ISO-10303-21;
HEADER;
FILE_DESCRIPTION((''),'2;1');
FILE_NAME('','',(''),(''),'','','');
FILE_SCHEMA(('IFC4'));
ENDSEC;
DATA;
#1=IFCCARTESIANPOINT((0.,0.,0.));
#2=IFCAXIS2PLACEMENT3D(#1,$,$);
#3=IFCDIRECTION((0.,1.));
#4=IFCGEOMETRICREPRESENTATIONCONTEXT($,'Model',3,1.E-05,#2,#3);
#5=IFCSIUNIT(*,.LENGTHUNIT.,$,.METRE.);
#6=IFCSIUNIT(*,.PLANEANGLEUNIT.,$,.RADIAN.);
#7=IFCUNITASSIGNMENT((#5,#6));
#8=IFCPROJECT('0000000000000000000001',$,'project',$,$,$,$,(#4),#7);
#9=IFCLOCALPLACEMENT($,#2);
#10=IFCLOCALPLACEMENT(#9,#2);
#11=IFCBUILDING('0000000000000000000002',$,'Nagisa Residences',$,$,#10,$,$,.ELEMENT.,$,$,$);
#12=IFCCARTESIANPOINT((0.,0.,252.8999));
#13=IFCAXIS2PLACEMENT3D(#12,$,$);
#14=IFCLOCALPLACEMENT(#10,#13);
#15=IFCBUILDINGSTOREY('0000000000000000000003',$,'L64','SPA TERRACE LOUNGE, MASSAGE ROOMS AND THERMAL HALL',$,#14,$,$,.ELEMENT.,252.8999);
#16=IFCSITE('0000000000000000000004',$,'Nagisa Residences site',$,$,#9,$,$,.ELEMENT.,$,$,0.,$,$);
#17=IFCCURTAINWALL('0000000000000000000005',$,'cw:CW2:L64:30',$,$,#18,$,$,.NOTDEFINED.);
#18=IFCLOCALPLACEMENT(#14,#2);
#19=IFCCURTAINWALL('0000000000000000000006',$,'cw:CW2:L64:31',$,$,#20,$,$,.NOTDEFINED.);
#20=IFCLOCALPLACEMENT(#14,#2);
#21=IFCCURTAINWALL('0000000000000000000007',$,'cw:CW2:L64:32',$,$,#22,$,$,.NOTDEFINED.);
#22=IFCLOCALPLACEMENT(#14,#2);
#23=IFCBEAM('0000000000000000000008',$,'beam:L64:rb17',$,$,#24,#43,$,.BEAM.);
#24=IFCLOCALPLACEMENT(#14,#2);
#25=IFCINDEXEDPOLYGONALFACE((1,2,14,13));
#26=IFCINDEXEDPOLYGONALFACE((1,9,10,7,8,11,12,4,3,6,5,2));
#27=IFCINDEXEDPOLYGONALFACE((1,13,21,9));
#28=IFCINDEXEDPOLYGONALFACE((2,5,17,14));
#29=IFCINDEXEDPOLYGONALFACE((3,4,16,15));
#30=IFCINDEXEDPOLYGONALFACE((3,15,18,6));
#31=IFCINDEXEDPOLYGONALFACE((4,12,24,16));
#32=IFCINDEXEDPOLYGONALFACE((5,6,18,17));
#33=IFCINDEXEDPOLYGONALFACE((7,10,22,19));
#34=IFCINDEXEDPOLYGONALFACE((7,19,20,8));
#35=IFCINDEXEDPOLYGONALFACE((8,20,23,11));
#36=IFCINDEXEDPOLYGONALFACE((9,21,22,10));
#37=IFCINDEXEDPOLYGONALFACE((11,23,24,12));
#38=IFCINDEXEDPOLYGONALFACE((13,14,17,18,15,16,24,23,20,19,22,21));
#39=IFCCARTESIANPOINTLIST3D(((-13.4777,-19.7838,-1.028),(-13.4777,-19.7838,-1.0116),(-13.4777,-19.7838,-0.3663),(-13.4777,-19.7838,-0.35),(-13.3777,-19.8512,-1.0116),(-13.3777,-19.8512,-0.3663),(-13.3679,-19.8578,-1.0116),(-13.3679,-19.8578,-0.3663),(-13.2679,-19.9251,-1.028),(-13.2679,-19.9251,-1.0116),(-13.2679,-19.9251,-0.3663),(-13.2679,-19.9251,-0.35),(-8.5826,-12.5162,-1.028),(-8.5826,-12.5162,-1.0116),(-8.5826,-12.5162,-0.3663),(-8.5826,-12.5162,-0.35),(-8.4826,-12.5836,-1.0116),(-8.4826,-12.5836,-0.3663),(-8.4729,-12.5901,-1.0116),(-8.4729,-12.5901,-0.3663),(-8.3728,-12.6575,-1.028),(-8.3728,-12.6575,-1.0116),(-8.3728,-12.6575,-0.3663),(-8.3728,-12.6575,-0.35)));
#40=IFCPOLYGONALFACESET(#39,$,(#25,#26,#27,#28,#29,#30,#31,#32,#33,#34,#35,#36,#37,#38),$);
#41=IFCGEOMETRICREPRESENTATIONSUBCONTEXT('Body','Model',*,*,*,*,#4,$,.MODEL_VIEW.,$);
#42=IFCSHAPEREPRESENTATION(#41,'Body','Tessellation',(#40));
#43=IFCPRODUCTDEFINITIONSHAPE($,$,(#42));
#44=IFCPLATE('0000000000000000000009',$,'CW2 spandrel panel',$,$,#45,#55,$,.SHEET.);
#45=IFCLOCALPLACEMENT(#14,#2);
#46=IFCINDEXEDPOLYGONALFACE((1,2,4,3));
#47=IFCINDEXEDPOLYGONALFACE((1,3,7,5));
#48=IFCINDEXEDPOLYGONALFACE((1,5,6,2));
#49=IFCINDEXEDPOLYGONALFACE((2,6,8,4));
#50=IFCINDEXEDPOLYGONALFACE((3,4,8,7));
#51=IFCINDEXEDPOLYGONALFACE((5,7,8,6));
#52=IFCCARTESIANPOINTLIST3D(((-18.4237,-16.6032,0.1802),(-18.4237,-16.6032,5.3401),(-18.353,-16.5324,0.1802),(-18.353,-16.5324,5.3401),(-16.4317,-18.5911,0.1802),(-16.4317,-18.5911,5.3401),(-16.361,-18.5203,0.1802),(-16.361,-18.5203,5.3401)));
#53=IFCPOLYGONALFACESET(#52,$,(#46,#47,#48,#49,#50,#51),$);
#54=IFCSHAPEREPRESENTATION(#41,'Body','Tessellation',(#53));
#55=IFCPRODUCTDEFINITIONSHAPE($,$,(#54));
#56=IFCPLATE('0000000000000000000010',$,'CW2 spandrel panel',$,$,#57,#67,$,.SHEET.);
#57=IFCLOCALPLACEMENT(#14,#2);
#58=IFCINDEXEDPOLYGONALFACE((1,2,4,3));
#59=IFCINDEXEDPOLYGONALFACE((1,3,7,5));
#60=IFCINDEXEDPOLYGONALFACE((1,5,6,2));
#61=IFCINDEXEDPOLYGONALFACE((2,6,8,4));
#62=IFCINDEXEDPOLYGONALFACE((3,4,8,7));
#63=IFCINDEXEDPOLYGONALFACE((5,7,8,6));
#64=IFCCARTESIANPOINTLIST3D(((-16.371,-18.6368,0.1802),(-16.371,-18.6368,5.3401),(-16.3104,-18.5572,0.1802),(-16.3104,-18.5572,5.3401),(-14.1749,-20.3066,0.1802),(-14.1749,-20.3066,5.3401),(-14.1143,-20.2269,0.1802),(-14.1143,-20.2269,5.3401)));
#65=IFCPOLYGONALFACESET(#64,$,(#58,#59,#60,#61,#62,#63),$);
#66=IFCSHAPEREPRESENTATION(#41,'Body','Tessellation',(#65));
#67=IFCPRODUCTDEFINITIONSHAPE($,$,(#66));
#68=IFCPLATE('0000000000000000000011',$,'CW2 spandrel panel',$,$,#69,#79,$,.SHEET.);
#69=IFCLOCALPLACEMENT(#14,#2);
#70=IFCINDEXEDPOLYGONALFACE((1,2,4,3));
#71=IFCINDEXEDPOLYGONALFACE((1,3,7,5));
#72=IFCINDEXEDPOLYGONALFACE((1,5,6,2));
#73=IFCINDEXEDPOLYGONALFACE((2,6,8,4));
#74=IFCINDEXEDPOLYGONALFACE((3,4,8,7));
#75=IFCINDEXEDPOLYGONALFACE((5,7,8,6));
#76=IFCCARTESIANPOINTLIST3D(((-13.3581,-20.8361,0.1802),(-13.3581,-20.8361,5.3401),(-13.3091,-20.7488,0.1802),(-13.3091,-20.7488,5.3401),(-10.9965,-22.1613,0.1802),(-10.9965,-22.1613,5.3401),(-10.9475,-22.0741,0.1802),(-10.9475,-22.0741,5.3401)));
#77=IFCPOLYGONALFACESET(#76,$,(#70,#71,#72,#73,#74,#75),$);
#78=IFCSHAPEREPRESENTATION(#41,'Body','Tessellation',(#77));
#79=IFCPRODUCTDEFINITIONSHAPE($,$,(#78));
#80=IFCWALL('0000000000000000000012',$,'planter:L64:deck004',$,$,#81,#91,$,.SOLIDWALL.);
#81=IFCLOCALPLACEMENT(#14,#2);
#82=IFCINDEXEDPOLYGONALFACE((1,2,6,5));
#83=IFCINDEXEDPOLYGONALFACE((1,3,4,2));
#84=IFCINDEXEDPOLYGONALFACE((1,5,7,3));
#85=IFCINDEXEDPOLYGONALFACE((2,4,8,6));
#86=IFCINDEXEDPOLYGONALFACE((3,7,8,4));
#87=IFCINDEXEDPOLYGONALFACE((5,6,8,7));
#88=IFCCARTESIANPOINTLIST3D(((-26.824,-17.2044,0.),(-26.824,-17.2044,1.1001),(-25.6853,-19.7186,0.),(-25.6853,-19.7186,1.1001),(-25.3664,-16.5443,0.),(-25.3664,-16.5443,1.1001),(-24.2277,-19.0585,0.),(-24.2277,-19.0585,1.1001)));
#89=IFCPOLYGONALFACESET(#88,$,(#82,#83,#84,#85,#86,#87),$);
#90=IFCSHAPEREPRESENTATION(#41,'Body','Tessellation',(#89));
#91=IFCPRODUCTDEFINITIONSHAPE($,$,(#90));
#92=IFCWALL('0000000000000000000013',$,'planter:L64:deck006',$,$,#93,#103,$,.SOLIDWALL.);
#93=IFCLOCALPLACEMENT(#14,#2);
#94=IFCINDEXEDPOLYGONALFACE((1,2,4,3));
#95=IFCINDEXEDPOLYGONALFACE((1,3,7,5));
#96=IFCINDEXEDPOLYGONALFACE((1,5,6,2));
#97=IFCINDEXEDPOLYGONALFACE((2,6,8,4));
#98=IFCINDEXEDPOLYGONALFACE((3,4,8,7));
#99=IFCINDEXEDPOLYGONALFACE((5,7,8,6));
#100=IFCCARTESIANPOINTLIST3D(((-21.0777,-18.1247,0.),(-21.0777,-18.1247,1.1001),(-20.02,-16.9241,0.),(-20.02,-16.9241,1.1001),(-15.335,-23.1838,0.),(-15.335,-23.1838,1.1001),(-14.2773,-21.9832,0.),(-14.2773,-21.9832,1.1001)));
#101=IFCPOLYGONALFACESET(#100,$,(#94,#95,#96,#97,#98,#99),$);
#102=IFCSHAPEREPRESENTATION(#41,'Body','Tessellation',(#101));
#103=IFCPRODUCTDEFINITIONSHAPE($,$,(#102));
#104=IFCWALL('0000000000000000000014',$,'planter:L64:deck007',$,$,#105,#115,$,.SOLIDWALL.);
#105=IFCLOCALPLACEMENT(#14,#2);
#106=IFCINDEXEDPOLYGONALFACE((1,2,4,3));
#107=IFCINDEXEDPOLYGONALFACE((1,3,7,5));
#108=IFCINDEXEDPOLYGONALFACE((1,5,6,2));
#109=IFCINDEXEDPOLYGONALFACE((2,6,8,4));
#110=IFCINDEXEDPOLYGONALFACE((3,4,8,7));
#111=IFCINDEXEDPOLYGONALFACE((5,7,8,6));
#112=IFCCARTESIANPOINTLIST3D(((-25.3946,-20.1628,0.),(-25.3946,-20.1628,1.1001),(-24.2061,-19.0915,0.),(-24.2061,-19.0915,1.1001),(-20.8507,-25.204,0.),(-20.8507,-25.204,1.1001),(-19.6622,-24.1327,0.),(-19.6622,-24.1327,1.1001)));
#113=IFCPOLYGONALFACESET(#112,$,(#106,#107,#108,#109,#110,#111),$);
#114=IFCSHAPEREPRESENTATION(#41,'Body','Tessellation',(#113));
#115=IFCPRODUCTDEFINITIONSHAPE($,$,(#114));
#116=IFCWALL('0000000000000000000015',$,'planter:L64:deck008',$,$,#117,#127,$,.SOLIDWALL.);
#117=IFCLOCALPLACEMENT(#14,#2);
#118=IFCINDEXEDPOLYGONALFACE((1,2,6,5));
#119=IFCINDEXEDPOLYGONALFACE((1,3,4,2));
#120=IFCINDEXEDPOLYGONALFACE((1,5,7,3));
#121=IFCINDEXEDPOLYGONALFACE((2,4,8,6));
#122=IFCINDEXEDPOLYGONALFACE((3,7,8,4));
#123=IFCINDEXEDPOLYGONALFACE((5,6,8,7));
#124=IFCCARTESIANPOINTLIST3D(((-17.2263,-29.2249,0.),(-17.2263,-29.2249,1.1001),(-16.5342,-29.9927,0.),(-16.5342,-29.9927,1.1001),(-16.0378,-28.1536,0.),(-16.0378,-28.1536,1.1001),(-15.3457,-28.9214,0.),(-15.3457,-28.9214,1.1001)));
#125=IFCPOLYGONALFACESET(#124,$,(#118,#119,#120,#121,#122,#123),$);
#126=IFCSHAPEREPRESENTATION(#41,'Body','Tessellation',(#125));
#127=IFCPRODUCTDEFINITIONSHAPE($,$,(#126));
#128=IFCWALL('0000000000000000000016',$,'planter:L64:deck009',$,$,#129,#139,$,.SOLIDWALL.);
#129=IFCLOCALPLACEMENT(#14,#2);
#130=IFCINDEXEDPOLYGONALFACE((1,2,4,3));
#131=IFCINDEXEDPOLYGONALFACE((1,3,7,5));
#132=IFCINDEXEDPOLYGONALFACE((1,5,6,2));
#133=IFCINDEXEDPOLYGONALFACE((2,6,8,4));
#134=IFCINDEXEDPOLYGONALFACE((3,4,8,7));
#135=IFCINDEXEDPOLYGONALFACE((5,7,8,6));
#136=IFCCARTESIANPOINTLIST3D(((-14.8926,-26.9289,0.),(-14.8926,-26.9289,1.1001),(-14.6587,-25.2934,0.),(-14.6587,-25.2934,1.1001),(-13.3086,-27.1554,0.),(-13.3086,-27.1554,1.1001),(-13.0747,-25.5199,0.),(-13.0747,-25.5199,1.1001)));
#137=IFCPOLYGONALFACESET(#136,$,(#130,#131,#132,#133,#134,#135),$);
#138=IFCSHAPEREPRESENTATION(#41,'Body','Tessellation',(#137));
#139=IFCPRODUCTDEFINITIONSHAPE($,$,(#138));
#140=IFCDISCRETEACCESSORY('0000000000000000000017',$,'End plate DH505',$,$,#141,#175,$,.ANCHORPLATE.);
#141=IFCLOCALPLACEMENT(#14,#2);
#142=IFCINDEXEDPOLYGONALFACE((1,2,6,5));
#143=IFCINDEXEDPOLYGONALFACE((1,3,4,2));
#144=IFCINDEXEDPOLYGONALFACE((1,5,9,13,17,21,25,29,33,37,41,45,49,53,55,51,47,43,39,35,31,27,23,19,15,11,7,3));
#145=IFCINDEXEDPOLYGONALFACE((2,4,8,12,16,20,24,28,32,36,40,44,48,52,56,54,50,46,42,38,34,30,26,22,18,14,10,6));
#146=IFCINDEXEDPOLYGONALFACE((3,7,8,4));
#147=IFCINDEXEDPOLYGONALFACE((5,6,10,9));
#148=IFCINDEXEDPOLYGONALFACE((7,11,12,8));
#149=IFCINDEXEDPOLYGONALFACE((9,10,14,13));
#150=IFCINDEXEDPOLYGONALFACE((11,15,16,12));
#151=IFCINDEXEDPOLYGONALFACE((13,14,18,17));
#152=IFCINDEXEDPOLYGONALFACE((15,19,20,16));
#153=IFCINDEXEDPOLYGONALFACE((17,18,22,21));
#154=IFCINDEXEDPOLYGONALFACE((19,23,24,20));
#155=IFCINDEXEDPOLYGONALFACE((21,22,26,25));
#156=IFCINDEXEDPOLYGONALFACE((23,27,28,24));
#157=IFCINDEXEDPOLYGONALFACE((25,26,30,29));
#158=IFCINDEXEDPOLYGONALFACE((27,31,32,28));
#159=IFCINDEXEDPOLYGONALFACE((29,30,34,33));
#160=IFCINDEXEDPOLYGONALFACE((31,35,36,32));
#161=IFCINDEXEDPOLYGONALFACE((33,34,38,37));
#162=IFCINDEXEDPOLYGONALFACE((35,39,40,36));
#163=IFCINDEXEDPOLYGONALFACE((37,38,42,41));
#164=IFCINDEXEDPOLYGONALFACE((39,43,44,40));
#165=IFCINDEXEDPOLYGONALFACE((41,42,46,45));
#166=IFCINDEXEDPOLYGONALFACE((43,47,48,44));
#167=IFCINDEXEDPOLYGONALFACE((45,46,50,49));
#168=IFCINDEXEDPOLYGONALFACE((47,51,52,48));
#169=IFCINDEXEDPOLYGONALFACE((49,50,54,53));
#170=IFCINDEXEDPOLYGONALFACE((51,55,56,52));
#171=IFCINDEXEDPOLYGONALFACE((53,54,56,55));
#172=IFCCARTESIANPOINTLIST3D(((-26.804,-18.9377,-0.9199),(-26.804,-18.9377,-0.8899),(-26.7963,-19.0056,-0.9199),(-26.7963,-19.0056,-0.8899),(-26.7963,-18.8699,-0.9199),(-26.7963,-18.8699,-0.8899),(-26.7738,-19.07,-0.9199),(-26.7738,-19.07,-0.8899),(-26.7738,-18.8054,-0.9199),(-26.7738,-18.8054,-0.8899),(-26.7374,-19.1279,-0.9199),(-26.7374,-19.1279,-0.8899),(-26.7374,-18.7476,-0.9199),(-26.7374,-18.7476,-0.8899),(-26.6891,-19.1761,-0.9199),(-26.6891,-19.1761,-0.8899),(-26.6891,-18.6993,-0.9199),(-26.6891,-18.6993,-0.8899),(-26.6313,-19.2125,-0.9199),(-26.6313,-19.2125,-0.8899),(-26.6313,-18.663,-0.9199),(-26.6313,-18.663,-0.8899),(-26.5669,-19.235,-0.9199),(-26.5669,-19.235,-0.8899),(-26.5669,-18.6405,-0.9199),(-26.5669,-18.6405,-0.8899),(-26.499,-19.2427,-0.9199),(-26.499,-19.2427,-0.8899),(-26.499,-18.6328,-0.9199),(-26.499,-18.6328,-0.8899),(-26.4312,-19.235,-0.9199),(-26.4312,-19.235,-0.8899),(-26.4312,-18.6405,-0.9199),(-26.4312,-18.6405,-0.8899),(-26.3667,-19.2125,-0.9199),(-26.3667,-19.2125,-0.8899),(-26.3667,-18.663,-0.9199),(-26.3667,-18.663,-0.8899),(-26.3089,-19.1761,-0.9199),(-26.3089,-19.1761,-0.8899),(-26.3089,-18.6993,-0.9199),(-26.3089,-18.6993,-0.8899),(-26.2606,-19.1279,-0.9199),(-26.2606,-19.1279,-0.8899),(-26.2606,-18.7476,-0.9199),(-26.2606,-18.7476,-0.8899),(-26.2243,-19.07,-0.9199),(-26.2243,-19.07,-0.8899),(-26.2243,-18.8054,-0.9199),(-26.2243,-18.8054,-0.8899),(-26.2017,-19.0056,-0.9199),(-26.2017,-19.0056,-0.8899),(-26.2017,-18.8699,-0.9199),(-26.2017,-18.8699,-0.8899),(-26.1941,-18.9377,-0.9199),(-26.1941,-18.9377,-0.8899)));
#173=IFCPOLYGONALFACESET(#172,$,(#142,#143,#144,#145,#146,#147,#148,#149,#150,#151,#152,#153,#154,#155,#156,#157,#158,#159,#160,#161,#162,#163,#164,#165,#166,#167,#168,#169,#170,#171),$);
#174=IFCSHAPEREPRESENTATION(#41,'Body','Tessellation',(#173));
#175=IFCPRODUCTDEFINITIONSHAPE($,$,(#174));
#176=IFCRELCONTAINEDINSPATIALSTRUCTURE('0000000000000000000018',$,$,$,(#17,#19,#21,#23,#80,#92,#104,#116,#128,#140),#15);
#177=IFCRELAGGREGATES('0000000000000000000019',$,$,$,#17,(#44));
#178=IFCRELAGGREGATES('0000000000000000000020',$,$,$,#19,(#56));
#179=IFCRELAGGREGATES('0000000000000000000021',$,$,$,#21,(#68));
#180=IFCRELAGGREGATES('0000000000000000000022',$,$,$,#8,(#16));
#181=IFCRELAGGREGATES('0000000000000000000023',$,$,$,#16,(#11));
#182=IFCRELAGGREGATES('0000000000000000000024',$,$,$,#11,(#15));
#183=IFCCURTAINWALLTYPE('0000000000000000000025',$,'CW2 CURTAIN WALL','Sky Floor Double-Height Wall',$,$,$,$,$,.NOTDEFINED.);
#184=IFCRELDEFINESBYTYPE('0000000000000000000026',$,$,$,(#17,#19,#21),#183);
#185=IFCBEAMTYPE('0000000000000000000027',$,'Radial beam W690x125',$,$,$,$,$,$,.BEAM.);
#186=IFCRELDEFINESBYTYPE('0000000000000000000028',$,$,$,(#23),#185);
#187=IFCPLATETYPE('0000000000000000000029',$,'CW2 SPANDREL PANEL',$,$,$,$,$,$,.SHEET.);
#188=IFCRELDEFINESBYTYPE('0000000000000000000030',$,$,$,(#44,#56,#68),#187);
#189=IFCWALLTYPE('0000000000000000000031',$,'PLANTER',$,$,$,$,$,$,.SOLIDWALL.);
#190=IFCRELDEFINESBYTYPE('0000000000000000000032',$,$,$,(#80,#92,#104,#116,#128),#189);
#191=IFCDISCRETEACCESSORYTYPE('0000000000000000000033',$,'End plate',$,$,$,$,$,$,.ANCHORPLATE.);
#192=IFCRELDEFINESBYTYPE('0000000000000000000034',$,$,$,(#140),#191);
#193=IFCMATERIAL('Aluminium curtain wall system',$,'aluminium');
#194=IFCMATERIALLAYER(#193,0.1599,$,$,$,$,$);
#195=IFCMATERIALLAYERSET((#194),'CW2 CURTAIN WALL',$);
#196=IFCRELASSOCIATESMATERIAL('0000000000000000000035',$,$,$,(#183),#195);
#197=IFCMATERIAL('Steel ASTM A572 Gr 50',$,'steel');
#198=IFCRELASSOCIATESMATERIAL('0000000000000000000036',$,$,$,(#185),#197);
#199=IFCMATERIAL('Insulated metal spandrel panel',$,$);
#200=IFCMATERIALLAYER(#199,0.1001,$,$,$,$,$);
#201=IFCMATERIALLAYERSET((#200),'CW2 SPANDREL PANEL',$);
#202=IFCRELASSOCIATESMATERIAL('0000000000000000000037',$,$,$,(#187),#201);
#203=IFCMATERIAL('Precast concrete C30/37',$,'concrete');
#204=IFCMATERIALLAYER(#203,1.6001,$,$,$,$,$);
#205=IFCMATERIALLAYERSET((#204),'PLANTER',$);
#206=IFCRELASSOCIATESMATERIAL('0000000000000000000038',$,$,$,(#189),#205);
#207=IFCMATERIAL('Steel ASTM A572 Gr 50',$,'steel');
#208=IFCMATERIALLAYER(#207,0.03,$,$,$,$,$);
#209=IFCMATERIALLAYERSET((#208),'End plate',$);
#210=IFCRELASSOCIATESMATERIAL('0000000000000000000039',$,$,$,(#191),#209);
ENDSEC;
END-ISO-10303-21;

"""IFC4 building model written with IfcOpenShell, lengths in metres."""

from ifc_helpers import new_model, si_unit, direction, frame, frame_2d, origin, origin_2d, place, context, subcontext, project, spatial, rectangle, circle, i_section, extrude, material, layer, layer_set, material_profile, profile_set, type_object, element, aggregate, save


model = new_model("IFC4")

# Units and contexts
model_context = context("Model", 3, precision=1e-05, world=origin(), true_north=direction((0.0, 1.0)))
body_context = subcontext(model_context, "Body", "Model", "MODEL_VIEW")
ifc_project = project(units=[si_unit("LENGTHUNIT", "METRE"), si_unit("PLANEANGLEUNIT", "RADIAN")], contexts=[model_context])

# Site, building, storey
site_placement = place(None, origin())
site = spatial("IfcSite", under=ifc_project, at=site_placement, Name="Nagisa Residences site", CompositionType="ELEMENT", RefElevation=0.0)
building_placement = place(site_placement, origin())
building = spatial("IfcBuilding", under=site, at=building_placement, Name="Nagisa Residences", CompositionType="ELEMENT")
storey_placement = place(building_placement, frame((0.0, 0.0, 252.8999)))
storey = spatial("IfcBuildingStorey", under=building, at=storey_placement, Name="L64", Description="SPA TERRACE LOUNGE, MASSAGE ROOMS AND THERMAL HALL", CompositionType="ELEMENT", Elevation=252.8999)

# Curtain walls
ifc_material_1 = material(Name="Aluminium curtain wall system", Category="aluminium")
ifc_layer_1 = layer(ifc_material_1, 0.1599)
ifc_layer_set_1 = layer_set([ifc_layer_1], Name="CW2 CURTAIN WALL")
curtain_wall_type = type_object("IfcCurtainWallType", Name="CW2 CURTAIN WALL", Description="Sky Floor Double-Height Wall", PredefinedType="NOTDEFINED", material=ifc_layer_set_1)
curtain_wall_1_placement = place(storey_placement, origin())
curtain_wall_1 = element("IfcCurtainWall", 1, at=curtain_wall_1_placement, inside=storey, type_object=curtain_wall_type, Name="cw:CW2:L64:30", PredefinedType="NOTDEFINED")
curtain_wall_2_placement = place(storey_placement, origin())
curtain_wall_2 = element("IfcCurtainWall", 2, at=curtain_wall_2_placement, inside=storey, type_object=curtain_wall_type, Name="cw:CW2:L64:31", PredefinedType="NOTDEFINED")
curtain_wall_3_placement = place(storey_placement, origin())
curtain_wall_3 = element("IfcCurtainWall", 3, at=curtain_wall_3_placement, inside=storey, type_object=curtain_wall_type, Name="cw:CW2:L64:32", PredefinedType="NOTDEFINED")

# Beam
ifc_material_2 = material(Name="Steel ASTM A572 Gr 50", Category="steel")
ifc_material_profile_1 = material_profile(ifc_material_2, i_section(OverallWidth=0.2529, OverallDepth=0.678, WebThickness=0.0117, FlangeThickness=0.0164, at=origin_2d()), Name="W690x125")
ifc_profile_set_1 = profile_set([ifc_material_profile_1], Name="Steel ASTM A572 Gr 50")
beam_type_1 = type_object("IfcBeamType", Name="Radial beam W690x125", PredefinedType="BEAM", material=ifc_profile_set_1)
beam_1_placement = place(storey_placement, frame((-13.3728, -19.8545, -0.689), z_axis=(0.558642, 0.829409, 0.0), x_axis=(-0.829409, 0.558642, 0.0)))
element("IfcBeam", 4, at=beam_1_placement, inside=storey, type_object=beam_type_1, Name="beam:L64:rb17", PredefinedType="BEAM", context=body_context, shape_type="SweptSolid", body=[
    extrude(i_section(OverallWidth=0.2529, OverallDepth=0.678, WebThickness=0.0117, FlangeThickness=0.0164, at=origin_2d()), origin(), (0.0, 0.0, 1.0), 8.7625),
])

# Plates
ifc_material_3 = material(Name="Insulated metal spandrel panel")
ifc_layer_2 = layer(ifc_material_3, 0.1001)
ifc_layer_set_2 = layer_set([ifc_layer_2], Name="CW2 SPANDREL PANEL")
plate_type = type_object("IfcPlateType", Name="CW2 SPANDREL PANEL", PredefinedType="SHEET", material=ifc_layer_set_2)
plate_1_placement = place(storey_placement, frame((-17.3923, -17.5618, 0.1802), z_axis=(0.0, 0.0, 1.0), x_axis=(0.707836, -0.706377, 0.0)))
plate_1 = element("IfcPlate", 5, at=plate_1_placement, type_object=plate_type, Name="CW2 spandrel panel", PredefinedType="SHEET", context=body_context, shape_type="SweptSolid", body=[
    extrude(rectangle(XDim=2.8142, YDim=0.1001, at=origin_2d()), origin(), (0.0, 0.0, 1.0), 5.1599),
])
aggregate(curtain_wall_1, [plate_1])
plate_2_placement = place(storey_placement, frame((-15.2427, -19.4319, 0.1802), z_axis=(0.0, 0.0, 1.0), x_axis=(0.796031, -0.605255, 0.0)))
plate_2 = element("IfcPlate", 6, at=plate_2_placement, type_object=plate_type, Name="CW2 spandrel panel", PredefinedType="SHEET", context=body_context, shape_type="SweptSolid", body=[
    extrude(rectangle(XDim=2.7588, YDim=0.1001, at=origin_2d()), origin(), (0.0, 0.0, 1.0), 5.1599),
])
aggregate(curtain_wall_2, [plate_2])
plate_3_placement = place(storey_placement, frame((-12.1528, -21.4551, 0.1802), z_axis=(0.0, 0.0, 1.0), x_axis=(0.872072, -0.489377, 0.0)))
plate_3 = element("IfcPlate", 7, at=plate_3_placement, type_object=plate_type, Name="CW2 spandrel panel", PredefinedType="SHEET", context=body_context, shape_type="SweptSolid", body=[
    extrude(rectangle(XDim=2.708, YDim=0.1001, at=origin_2d()), origin(), (0.0, 0.0, 1.0), 5.1599),
])
aggregate(curtain_wall_3, [plate_3])

# Walls
ifc_material_4 = material(Name="Precast concrete C30/37", Category="concrete")
ifc_layer_3 = layer(ifc_material_4, 1.6001)
ifc_layer_set_3 = layer_set([ifc_layer_3], Name="PLANTER")
wall_type = type_object("IfcWallType", Name="PLANTER", PredefinedType="SOLIDWALL", material=ifc_layer_set_3)
wall_1_placement = place(storey_placement, frame((-24.9565, -19.3884, 0.0), z_axis=(0.0, 0.0, 1.0), x_axis=(-0.412563, 0.910929, 0.0)))
element("IfcWall", 8, at=wall_1_placement, inside=storey, type_object=wall_type, Name="planter:L64:deck004", PredefinedType="SOLIDWALL", context=body_context, shape_type="SweptSolid", body=[
    extrude(rectangle(XDim=2.76, YDim=1.6001, at=frame_2d((1.3799, 0.0))), origin(), (0.0, 0.0, 1.0), 1.1001),
])
wall_2_placement = place(storey_placement, frame((-20.5488, -17.5244, 0.0), z_axis=(0.0, 0.0, 1.0), x_axis=(0.750355, -0.661035, 0.0)))
element("IfcWall", 9, at=wall_2_placement, inside=storey, type_object=wall_type, Name="planter:L64:deck006", PredefinedType="SOLIDWALL", context=body_context, shape_type="SweptSolid", body=[
    extrude(rectangle(XDim=7.6533, YDim=1.6001, at=frame_2d((3.8267, 0.0))), origin(), (0.0, 0.0, 1.0), 1.1001),
])
wall_3_placement = place(storey_placement, frame((-20.2563, -24.6685, 0.0), z_axis=(0.0, 0.0, 1.0), x_axis=(-0.669519, 0.742795, 0.0)))
element("IfcWall", 10, at=wall_3_placement, inside=storey, type_object=wall_type, Name="planter:L64:deck007", PredefinedType="SOLIDWALL", context=body_context, shape_type="SweptSolid", body=[
    extrude(rectangle(XDim=6.7869, YDim=1.6001, at=frame_2d((3.3936, 0.0))), origin(), (0.0, 0.0, 1.0), 1.1001),
])
wall_4_placement = place(storey_placement, frame((-15.9399, -29.457, 0.0), z_axis=(0.0, 0.0, 1.0), x_axis=(-0.669552, 0.742765, 0.0)))
element("IfcWall", 11, at=wall_4_placement, inside=storey, type_object=wall_type, Name="planter:L64:deck008", PredefinedType="SOLIDWALL", context=body_context, shape_type="SweptSolid", body=[
    extrude(rectangle(XDim=1.0337, YDim=1.6001, at=frame_2d((0.5168, 0.0))), origin(), (0.0, 0.0, 1.0), 1.1001),
])
wall_5_placement = place(storey_placement, frame((-14.1006, -27.0422, 0.0), z_axis=(0.0, 0.0, 1.0), x_axis=(0.141566, 0.989929, 0.0)))
element("IfcWall", 12, at=wall_5_placement, inside=storey, type_object=wall_type, Name="planter:L64:deck009", PredefinedType="SOLIDWALL", context=body_context, shape_type="SweptSolid", body=[
    extrude(rectangle(XDim=1.6521, YDim=1.6001, at=frame_2d((0.8262, 0.0))), origin(), (0.0, 0.0, 1.0), 1.1001),
])

# Discrete accessory
ifc_material_5 = material(Name="Steel ASTM A572 Gr 50", Category="steel")
ifc_layer_4 = layer(ifc_material_5, 0.03)
ifc_layer_set_4 = layer_set([ifc_layer_4], Name="End plate")
discrete_accessory_type = type_object("IfcDiscreteAccessoryType", Name="End plate", PredefinedType="ANCHORPLATE", material=ifc_layer_set_4)
discrete_accessory_placement = place(storey_placement, frame((-26.499, -18.9377, -0.8899), z_axis=(0.0, 0.0, -1.0), x_axis=(1.0, 0.0, 0.0)))
element("IfcDiscreteAccessory", 13, at=discrete_accessory_placement, inside=storey, type_object=discrete_accessory_type, Name="End plate DH505", PredefinedType="ANCHORPLATE", context=body_context, shape_type="SweptSolid", body=[
    extrude(circle(Radius=0.3049, at=origin_2d()), origin(), (0.0, 0.0, 1.0), 0.03),
])

save(model, "model.ifc")
